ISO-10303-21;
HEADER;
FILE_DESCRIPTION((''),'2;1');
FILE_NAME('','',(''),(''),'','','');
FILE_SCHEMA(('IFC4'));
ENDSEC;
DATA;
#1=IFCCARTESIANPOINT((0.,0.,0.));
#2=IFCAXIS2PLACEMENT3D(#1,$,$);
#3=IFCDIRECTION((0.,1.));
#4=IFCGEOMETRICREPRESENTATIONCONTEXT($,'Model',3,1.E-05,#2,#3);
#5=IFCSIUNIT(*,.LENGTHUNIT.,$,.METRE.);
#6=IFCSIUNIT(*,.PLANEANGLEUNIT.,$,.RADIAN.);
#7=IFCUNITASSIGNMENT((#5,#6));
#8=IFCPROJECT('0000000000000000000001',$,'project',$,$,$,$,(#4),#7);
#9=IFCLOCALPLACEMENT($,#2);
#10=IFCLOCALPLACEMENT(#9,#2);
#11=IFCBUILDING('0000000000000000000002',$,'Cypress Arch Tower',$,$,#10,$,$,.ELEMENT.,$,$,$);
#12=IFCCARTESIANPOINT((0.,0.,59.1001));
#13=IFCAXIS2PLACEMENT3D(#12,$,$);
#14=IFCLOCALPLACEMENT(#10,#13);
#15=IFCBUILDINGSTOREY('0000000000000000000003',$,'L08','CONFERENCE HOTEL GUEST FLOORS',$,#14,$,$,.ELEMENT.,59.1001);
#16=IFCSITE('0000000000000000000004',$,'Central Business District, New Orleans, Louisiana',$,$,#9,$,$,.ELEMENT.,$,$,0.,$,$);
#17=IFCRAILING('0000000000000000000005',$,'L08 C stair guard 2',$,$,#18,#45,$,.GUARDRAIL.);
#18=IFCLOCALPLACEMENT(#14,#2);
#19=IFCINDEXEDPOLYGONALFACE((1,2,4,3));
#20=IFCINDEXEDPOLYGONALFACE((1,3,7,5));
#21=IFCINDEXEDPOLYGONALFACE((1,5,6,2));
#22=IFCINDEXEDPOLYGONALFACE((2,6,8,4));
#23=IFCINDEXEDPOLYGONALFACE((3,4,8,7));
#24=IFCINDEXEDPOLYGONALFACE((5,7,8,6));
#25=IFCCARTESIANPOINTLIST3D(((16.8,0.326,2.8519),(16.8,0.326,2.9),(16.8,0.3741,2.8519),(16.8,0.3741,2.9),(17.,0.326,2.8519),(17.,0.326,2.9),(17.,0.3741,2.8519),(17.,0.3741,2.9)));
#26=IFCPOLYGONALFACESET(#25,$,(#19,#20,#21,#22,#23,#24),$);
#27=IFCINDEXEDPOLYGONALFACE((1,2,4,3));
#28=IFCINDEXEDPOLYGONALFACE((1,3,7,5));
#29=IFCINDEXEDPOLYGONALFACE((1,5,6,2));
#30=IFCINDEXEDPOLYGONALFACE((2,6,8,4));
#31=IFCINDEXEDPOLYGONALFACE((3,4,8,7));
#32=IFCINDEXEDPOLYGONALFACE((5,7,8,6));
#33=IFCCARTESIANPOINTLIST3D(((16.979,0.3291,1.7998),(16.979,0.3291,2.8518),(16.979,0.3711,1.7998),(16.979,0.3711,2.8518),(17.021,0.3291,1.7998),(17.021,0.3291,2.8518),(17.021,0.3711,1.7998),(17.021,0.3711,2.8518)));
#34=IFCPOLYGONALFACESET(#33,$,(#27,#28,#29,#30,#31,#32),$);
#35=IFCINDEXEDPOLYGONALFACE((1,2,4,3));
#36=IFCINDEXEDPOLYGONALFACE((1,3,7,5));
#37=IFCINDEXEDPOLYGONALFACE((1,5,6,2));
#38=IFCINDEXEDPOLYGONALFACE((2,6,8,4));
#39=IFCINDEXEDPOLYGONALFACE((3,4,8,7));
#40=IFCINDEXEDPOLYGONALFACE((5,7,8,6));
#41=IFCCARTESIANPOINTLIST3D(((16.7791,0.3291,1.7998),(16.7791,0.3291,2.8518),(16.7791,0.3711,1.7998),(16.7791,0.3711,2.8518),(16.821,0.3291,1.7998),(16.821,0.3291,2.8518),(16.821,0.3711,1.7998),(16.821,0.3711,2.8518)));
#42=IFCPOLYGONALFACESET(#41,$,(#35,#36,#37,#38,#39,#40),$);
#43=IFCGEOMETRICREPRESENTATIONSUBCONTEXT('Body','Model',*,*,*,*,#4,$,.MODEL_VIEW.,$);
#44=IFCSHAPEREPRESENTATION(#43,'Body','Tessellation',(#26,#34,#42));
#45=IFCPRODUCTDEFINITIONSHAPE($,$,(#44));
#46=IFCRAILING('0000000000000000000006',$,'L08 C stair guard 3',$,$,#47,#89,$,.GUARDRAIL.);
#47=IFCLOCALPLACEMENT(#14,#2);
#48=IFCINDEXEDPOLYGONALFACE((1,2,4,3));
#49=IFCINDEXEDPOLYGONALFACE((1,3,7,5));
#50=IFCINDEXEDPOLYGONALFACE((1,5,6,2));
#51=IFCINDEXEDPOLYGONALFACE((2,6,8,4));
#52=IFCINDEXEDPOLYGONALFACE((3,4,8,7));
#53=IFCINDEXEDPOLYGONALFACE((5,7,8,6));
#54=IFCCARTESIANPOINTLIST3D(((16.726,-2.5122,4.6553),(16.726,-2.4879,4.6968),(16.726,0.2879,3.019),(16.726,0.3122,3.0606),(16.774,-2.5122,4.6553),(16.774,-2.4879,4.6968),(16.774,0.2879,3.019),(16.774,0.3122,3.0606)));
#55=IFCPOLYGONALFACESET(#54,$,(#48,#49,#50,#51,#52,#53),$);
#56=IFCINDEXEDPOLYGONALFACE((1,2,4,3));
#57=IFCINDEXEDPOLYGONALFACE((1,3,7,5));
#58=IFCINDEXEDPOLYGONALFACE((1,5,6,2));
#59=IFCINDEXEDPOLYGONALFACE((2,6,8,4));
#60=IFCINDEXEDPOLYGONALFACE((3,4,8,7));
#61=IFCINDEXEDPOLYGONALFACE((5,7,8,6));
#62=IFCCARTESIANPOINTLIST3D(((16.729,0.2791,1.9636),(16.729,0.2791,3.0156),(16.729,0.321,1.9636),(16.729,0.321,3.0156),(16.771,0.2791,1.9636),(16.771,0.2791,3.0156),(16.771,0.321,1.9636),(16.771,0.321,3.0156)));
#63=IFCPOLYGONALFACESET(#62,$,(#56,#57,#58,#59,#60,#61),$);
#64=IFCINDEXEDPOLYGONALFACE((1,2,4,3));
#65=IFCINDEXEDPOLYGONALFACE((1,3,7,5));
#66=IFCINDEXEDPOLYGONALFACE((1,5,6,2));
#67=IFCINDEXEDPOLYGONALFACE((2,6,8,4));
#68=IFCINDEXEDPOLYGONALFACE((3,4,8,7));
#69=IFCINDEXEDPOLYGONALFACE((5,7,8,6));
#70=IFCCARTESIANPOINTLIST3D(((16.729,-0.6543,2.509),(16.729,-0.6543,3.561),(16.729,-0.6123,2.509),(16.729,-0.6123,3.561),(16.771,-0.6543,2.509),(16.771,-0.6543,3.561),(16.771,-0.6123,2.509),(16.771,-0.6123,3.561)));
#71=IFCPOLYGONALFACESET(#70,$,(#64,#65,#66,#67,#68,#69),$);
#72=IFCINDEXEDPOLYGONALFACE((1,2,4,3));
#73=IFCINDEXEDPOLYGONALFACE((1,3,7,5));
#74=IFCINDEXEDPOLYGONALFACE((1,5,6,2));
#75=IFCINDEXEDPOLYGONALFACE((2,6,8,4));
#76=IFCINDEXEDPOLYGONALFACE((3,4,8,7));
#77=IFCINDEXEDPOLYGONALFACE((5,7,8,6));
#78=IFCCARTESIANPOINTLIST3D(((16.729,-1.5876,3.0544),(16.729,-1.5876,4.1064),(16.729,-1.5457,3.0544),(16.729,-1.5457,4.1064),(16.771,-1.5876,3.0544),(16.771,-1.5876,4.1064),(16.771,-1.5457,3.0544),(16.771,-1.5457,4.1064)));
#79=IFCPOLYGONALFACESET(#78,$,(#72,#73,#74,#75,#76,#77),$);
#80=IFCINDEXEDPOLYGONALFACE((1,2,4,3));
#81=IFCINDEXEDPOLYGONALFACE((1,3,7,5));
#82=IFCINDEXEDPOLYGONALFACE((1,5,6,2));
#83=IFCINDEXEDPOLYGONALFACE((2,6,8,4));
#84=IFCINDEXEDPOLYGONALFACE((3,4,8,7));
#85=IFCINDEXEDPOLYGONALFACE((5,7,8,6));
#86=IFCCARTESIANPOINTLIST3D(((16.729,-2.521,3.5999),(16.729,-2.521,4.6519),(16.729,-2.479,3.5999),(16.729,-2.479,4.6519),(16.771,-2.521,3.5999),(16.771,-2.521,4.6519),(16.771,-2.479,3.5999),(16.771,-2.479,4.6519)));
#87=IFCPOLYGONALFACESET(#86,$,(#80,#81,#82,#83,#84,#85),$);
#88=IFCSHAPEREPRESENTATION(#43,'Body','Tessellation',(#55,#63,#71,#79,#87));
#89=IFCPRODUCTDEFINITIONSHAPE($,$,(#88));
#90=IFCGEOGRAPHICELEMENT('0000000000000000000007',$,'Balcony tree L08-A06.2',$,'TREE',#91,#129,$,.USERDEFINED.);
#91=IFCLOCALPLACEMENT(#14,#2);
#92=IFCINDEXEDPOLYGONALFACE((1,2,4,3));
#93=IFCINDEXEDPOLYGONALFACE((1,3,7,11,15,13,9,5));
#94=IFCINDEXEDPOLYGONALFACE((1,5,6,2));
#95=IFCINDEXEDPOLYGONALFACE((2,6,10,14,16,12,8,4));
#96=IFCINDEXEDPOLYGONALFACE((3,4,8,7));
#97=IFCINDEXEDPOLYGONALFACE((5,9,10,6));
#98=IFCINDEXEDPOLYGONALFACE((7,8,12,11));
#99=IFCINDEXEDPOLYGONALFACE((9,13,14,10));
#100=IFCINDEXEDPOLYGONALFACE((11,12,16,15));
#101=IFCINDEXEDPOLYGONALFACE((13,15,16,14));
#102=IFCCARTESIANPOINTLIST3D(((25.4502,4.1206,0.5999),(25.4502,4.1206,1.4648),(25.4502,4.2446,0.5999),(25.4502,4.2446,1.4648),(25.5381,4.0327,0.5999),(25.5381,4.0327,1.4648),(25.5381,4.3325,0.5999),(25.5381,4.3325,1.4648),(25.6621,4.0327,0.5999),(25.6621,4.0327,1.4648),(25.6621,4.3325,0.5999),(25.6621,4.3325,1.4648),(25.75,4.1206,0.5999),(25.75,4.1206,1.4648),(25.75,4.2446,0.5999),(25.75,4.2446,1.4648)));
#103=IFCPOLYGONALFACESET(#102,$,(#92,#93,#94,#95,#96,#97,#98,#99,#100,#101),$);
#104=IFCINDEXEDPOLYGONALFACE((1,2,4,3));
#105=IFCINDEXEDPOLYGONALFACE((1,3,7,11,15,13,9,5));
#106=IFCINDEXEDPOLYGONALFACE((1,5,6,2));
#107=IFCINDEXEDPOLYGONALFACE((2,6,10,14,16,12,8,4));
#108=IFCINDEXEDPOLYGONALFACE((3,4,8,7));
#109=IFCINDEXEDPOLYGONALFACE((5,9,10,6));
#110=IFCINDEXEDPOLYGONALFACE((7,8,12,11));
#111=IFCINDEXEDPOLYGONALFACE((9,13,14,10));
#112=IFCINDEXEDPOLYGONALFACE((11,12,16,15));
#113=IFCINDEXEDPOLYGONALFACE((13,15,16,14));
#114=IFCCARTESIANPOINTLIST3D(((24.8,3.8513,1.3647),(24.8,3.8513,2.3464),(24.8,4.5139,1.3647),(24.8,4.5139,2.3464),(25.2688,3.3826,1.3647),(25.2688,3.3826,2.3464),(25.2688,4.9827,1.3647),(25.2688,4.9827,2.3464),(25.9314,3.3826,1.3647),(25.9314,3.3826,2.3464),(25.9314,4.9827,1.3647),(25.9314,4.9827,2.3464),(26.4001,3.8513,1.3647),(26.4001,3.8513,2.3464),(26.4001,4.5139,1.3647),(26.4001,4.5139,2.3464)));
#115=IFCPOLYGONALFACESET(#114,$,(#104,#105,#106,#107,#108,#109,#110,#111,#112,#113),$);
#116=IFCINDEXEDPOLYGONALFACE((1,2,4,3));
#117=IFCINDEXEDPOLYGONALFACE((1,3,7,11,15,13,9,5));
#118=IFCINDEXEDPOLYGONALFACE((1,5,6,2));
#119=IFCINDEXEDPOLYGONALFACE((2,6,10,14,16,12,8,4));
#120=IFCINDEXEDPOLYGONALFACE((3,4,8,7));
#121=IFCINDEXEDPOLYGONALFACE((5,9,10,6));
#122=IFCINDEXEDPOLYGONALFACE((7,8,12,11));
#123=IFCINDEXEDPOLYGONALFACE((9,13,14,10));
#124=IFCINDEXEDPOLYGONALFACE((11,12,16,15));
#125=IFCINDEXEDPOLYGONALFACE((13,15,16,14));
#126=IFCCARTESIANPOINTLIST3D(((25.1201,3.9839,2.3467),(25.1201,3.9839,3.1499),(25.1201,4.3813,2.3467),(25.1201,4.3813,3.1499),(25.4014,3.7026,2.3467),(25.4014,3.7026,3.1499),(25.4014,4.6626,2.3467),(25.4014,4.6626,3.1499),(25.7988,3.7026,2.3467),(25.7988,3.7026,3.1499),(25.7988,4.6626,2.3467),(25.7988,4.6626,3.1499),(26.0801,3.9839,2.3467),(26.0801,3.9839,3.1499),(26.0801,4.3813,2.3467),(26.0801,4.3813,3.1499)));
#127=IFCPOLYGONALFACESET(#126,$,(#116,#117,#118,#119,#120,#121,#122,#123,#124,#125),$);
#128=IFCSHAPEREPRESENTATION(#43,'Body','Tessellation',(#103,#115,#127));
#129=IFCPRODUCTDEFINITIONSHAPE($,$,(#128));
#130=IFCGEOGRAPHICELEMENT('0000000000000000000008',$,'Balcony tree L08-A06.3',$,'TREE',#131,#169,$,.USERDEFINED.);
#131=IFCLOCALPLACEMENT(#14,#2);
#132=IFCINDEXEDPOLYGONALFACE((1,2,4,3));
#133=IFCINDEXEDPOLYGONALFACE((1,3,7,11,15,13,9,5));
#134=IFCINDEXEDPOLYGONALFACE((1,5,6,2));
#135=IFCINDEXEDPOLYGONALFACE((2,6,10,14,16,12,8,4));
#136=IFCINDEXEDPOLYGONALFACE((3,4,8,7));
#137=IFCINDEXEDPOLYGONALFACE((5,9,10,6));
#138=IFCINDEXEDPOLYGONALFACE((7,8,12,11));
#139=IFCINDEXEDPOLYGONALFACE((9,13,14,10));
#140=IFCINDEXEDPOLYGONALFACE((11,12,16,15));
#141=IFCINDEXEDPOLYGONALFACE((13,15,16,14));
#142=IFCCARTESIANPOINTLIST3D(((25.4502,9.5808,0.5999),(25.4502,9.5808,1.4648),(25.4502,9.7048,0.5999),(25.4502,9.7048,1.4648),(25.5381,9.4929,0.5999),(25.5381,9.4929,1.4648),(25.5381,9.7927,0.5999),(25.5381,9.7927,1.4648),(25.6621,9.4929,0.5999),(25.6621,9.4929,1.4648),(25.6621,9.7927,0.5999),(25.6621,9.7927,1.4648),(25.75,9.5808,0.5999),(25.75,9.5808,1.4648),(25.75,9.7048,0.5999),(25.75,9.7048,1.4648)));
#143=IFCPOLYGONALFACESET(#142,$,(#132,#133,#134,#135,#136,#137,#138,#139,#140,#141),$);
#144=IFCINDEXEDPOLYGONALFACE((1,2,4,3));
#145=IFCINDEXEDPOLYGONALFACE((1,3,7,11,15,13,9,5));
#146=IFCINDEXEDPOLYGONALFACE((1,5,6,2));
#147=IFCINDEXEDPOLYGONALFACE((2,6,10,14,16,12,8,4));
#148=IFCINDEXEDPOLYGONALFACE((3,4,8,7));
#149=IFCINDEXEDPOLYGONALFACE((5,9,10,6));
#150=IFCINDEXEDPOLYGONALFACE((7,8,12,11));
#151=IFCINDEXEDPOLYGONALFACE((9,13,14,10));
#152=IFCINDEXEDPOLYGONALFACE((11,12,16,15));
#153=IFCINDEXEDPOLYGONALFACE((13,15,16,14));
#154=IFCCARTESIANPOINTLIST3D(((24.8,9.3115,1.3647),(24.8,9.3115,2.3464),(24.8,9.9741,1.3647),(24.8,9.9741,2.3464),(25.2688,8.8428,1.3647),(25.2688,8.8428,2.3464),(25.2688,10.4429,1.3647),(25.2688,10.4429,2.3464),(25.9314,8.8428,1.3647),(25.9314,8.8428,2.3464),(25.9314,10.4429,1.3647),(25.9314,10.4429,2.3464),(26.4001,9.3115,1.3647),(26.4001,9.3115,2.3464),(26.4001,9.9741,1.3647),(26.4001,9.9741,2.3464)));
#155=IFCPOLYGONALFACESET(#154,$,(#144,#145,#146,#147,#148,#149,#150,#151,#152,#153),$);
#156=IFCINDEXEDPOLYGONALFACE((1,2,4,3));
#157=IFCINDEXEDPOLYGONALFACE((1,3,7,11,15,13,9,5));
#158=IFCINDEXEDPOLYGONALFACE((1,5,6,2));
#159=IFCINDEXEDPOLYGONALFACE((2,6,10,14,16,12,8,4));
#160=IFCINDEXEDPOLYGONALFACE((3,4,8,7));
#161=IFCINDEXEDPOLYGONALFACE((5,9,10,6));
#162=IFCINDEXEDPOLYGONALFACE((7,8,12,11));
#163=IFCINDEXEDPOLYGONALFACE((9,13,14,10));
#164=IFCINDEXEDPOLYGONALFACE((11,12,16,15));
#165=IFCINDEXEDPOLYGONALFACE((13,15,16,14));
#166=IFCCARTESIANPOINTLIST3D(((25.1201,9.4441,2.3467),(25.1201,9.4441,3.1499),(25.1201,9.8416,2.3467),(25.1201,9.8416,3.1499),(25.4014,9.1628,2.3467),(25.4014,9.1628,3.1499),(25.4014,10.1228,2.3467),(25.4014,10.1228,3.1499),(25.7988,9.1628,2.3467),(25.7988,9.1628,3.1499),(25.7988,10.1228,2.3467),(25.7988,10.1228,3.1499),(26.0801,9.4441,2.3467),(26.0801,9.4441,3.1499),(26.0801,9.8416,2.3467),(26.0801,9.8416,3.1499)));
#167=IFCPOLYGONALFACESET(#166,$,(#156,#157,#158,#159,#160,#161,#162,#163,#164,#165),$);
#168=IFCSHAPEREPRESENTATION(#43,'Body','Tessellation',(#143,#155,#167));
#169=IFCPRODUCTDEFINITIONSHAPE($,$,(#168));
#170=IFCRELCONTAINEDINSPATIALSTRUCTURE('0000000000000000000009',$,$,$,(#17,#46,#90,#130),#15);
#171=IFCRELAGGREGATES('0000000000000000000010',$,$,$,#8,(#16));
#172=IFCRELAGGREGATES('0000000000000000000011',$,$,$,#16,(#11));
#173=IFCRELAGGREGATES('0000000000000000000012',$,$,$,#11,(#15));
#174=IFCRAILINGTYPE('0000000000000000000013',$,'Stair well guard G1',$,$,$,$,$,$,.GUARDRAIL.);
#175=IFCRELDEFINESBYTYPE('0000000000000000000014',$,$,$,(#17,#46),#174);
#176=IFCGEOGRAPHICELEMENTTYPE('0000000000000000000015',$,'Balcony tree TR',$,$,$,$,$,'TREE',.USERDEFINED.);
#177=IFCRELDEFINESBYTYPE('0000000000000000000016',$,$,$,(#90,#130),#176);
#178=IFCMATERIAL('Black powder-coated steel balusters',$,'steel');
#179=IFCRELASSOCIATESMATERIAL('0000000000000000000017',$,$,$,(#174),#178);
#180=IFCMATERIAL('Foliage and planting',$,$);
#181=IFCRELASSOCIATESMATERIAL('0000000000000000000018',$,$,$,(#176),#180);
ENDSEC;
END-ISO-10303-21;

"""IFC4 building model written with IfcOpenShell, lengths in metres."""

from ifc_helpers import new_model, si_unit, direction, frame, origin, origin_2d, place, context, subcontext, project, spatial, polyline, rectangle, outline, extrude, material, type_object, element, save


model = new_model("IFC4")

# Units and contexts
model_context = context("Model", 3, precision=1e-05, world=origin(), true_north=direction((0.0, 1.0)))
body_context = subcontext(model_context, "Body", "Model", "MODEL_VIEW")
ifc_project = project(units=[si_unit("LENGTHUNIT", "METRE"), si_unit("PLANEANGLEUNIT", "RADIAN")], contexts=[model_context])

# Site, building, storey
site_placement = place(None, origin())
site = spatial("IfcSite", under=ifc_project, at=site_placement, Name="Central Business District, New Orleans, Louisiana", CompositionType="ELEMENT", RefElevation=0.0)
building_placement = place(site_placement, origin())
building = spatial("IfcBuilding", under=site, at=building_placement, Name="Cypress Arch Tower", CompositionType="ELEMENT")
storey_placement = place(building_placement, frame((0.0, 0.0, 59.1001)))
storey = spatial("IfcBuildingStorey", under=building, at=storey_placement, Name="L08", Description="CONFERENCE HOTEL GUEST FLOORS", CompositionType="ELEMENT", Elevation=59.1001)

# Railings
ifc_material_1 = material(Name="Black powder-coated steel balusters", Category="steel")
railing_type_1 = type_object("IfcRailingType", Name="Stair well guard G1", PredefinedType="GUARDRAIL", material=ifc_material_1)
railing_1_placement = place(storey_placement, frame((17.0, 0.3501, 1.7998)))
element("IfcRailing", 1, at=railing_1_placement, inside=storey, type_object=railing_type_1, Name="L08 C stair guard 2", PredefinedType="GUARDRAIL", context=body_context, shape_type="SweptSolid", body=[
    extrude(rectangle(XDim=0.0481, YDim=0.0481, at=origin_2d()), frame((0.0, 0.0, 1.0762), z_axis=(-1.0, 0.0, 0.0), x_axis=(0.0, -1.0, 0.0)), (0.0, 0.0, 1.0), 0.2),
    extrude(rectangle(XDim=0.042, YDim=0.042, at=origin_2d()), origin(), (0.0, 0.0, 1.0), 1.052),
    extrude(rectangle(XDim=0.042, YDim=0.042, at=origin_2d()), frame((-0.2, 0.0, 0.0)), (0.0, 0.0, 1.0), 1.052),
])
railing_2_placement = place(storey_placement, frame((16.75, 0.3, 1.9636)))
element("IfcRailing", 2, at=railing_2_placement, inside=storey, type_object=railing_type_1, Name="L08 C stair guard 3", PredefinedType="GUARDRAIL", context=body_context, shape_type="SweptSolid", body=[
    extrude(rectangle(XDim=0.0481, YDim=0.0481, at=origin_2d()), frame((0.0, 0.0, 1.0762), z_axis=(0.0, -0.863394, 0.504531), x_axis=(1.0, 0.0, 0.0)), (0.0, 0.0, 1.0), 3.2432),
    extrude(rectangle(XDim=0.042, YDim=0.042, at=origin_2d()), origin(), (0.0, 0.0, 1.0), 1.052),
    extrude(rectangle(XDim=0.042, YDim=0.042, at=origin_2d()), frame((0.0, -0.9333, 0.5454)), (0.0, 0.0, 1.0), 1.052),
    extrude(rectangle(XDim=0.042, YDim=0.042, at=origin_2d()), frame((0.0, -1.8667, 1.0908)), (0.0, 0.0, 1.0), 1.052),
    extrude(rectangle(XDim=0.042, YDim=0.042, at=origin_2d()), frame((0.0, -2.8, 1.6362)), (0.0, 0.0, 1.0), 1.052),
])

# Geographic elements
ifc_material_2 = material(Name="Foliage and planting")
geographic_element_type = type_object("IfcGeographicElementType", Name="Balcony tree TR", ElementType="TREE", PredefinedType="USERDEFINED", material=ifc_material_2)
for number, where, z_axis, x_axis, name in (
    (3, (25.6001, 4.1826, 0.5999), (0.0, 0.0, 1.0), (1.0, 0.0, 0.0), "Balcony tree L08-A06.2"),
    (4, (25.6001, 9.6428, 0.5999), (0.0, 0.0, 1.0), (1.0, 0.0, 0.0), "Balcony tree L08-A06.3"),
):
    element("IfcGeographicElement", number, at=place(storey_placement, frame(where, z_axis=z_axis, x_axis=x_axis)), inside=storey, type_object=geographic_element_type, Name=name, ObjectType="TREE", PredefinedType="USERDEFINED", context=body_context, shape_type="SweptSolid", body=[
        extrude(outline(polyline([(0.1499, 0.062), (0.062, 0.1499), (-0.062, 0.1499), (-0.1499, 0.062), (-0.1499, -0.062), (-0.062, -0.1499), (0.062, -0.1499), (0.1499, -0.062), (0.1499, 0.062)])), origin(), (0.0, 0.0, 1.0), 0.865),
        extrude(outline(polyline([(0.8, 0.3313), (0.3313, 0.8), (-0.3313, 0.8), (-0.8, 0.3313), (-0.8, -0.3313), (-0.3313, -0.8), (0.3313, -0.8), (0.8, -0.3313), (0.8, 0.3313)])), frame((0.0, 0.0, 0.7649)), (0.0, 0.0, 1.0), 0.9817),
        extrude(outline(polyline([(0.48, 0.1987), (0.1987, 0.48), (-0.1987, 0.48), (-0.48, 0.1987), (-0.48, -0.1987), (-0.1987, -0.48), (0.1987, -0.48), (0.48, -0.1987), (0.48, 0.1987)])), frame((0.0, 0.0, 1.7468)), (0.0, 0.0, 1.0), 0.8032),
    ])

save(model, "model.ifc")
